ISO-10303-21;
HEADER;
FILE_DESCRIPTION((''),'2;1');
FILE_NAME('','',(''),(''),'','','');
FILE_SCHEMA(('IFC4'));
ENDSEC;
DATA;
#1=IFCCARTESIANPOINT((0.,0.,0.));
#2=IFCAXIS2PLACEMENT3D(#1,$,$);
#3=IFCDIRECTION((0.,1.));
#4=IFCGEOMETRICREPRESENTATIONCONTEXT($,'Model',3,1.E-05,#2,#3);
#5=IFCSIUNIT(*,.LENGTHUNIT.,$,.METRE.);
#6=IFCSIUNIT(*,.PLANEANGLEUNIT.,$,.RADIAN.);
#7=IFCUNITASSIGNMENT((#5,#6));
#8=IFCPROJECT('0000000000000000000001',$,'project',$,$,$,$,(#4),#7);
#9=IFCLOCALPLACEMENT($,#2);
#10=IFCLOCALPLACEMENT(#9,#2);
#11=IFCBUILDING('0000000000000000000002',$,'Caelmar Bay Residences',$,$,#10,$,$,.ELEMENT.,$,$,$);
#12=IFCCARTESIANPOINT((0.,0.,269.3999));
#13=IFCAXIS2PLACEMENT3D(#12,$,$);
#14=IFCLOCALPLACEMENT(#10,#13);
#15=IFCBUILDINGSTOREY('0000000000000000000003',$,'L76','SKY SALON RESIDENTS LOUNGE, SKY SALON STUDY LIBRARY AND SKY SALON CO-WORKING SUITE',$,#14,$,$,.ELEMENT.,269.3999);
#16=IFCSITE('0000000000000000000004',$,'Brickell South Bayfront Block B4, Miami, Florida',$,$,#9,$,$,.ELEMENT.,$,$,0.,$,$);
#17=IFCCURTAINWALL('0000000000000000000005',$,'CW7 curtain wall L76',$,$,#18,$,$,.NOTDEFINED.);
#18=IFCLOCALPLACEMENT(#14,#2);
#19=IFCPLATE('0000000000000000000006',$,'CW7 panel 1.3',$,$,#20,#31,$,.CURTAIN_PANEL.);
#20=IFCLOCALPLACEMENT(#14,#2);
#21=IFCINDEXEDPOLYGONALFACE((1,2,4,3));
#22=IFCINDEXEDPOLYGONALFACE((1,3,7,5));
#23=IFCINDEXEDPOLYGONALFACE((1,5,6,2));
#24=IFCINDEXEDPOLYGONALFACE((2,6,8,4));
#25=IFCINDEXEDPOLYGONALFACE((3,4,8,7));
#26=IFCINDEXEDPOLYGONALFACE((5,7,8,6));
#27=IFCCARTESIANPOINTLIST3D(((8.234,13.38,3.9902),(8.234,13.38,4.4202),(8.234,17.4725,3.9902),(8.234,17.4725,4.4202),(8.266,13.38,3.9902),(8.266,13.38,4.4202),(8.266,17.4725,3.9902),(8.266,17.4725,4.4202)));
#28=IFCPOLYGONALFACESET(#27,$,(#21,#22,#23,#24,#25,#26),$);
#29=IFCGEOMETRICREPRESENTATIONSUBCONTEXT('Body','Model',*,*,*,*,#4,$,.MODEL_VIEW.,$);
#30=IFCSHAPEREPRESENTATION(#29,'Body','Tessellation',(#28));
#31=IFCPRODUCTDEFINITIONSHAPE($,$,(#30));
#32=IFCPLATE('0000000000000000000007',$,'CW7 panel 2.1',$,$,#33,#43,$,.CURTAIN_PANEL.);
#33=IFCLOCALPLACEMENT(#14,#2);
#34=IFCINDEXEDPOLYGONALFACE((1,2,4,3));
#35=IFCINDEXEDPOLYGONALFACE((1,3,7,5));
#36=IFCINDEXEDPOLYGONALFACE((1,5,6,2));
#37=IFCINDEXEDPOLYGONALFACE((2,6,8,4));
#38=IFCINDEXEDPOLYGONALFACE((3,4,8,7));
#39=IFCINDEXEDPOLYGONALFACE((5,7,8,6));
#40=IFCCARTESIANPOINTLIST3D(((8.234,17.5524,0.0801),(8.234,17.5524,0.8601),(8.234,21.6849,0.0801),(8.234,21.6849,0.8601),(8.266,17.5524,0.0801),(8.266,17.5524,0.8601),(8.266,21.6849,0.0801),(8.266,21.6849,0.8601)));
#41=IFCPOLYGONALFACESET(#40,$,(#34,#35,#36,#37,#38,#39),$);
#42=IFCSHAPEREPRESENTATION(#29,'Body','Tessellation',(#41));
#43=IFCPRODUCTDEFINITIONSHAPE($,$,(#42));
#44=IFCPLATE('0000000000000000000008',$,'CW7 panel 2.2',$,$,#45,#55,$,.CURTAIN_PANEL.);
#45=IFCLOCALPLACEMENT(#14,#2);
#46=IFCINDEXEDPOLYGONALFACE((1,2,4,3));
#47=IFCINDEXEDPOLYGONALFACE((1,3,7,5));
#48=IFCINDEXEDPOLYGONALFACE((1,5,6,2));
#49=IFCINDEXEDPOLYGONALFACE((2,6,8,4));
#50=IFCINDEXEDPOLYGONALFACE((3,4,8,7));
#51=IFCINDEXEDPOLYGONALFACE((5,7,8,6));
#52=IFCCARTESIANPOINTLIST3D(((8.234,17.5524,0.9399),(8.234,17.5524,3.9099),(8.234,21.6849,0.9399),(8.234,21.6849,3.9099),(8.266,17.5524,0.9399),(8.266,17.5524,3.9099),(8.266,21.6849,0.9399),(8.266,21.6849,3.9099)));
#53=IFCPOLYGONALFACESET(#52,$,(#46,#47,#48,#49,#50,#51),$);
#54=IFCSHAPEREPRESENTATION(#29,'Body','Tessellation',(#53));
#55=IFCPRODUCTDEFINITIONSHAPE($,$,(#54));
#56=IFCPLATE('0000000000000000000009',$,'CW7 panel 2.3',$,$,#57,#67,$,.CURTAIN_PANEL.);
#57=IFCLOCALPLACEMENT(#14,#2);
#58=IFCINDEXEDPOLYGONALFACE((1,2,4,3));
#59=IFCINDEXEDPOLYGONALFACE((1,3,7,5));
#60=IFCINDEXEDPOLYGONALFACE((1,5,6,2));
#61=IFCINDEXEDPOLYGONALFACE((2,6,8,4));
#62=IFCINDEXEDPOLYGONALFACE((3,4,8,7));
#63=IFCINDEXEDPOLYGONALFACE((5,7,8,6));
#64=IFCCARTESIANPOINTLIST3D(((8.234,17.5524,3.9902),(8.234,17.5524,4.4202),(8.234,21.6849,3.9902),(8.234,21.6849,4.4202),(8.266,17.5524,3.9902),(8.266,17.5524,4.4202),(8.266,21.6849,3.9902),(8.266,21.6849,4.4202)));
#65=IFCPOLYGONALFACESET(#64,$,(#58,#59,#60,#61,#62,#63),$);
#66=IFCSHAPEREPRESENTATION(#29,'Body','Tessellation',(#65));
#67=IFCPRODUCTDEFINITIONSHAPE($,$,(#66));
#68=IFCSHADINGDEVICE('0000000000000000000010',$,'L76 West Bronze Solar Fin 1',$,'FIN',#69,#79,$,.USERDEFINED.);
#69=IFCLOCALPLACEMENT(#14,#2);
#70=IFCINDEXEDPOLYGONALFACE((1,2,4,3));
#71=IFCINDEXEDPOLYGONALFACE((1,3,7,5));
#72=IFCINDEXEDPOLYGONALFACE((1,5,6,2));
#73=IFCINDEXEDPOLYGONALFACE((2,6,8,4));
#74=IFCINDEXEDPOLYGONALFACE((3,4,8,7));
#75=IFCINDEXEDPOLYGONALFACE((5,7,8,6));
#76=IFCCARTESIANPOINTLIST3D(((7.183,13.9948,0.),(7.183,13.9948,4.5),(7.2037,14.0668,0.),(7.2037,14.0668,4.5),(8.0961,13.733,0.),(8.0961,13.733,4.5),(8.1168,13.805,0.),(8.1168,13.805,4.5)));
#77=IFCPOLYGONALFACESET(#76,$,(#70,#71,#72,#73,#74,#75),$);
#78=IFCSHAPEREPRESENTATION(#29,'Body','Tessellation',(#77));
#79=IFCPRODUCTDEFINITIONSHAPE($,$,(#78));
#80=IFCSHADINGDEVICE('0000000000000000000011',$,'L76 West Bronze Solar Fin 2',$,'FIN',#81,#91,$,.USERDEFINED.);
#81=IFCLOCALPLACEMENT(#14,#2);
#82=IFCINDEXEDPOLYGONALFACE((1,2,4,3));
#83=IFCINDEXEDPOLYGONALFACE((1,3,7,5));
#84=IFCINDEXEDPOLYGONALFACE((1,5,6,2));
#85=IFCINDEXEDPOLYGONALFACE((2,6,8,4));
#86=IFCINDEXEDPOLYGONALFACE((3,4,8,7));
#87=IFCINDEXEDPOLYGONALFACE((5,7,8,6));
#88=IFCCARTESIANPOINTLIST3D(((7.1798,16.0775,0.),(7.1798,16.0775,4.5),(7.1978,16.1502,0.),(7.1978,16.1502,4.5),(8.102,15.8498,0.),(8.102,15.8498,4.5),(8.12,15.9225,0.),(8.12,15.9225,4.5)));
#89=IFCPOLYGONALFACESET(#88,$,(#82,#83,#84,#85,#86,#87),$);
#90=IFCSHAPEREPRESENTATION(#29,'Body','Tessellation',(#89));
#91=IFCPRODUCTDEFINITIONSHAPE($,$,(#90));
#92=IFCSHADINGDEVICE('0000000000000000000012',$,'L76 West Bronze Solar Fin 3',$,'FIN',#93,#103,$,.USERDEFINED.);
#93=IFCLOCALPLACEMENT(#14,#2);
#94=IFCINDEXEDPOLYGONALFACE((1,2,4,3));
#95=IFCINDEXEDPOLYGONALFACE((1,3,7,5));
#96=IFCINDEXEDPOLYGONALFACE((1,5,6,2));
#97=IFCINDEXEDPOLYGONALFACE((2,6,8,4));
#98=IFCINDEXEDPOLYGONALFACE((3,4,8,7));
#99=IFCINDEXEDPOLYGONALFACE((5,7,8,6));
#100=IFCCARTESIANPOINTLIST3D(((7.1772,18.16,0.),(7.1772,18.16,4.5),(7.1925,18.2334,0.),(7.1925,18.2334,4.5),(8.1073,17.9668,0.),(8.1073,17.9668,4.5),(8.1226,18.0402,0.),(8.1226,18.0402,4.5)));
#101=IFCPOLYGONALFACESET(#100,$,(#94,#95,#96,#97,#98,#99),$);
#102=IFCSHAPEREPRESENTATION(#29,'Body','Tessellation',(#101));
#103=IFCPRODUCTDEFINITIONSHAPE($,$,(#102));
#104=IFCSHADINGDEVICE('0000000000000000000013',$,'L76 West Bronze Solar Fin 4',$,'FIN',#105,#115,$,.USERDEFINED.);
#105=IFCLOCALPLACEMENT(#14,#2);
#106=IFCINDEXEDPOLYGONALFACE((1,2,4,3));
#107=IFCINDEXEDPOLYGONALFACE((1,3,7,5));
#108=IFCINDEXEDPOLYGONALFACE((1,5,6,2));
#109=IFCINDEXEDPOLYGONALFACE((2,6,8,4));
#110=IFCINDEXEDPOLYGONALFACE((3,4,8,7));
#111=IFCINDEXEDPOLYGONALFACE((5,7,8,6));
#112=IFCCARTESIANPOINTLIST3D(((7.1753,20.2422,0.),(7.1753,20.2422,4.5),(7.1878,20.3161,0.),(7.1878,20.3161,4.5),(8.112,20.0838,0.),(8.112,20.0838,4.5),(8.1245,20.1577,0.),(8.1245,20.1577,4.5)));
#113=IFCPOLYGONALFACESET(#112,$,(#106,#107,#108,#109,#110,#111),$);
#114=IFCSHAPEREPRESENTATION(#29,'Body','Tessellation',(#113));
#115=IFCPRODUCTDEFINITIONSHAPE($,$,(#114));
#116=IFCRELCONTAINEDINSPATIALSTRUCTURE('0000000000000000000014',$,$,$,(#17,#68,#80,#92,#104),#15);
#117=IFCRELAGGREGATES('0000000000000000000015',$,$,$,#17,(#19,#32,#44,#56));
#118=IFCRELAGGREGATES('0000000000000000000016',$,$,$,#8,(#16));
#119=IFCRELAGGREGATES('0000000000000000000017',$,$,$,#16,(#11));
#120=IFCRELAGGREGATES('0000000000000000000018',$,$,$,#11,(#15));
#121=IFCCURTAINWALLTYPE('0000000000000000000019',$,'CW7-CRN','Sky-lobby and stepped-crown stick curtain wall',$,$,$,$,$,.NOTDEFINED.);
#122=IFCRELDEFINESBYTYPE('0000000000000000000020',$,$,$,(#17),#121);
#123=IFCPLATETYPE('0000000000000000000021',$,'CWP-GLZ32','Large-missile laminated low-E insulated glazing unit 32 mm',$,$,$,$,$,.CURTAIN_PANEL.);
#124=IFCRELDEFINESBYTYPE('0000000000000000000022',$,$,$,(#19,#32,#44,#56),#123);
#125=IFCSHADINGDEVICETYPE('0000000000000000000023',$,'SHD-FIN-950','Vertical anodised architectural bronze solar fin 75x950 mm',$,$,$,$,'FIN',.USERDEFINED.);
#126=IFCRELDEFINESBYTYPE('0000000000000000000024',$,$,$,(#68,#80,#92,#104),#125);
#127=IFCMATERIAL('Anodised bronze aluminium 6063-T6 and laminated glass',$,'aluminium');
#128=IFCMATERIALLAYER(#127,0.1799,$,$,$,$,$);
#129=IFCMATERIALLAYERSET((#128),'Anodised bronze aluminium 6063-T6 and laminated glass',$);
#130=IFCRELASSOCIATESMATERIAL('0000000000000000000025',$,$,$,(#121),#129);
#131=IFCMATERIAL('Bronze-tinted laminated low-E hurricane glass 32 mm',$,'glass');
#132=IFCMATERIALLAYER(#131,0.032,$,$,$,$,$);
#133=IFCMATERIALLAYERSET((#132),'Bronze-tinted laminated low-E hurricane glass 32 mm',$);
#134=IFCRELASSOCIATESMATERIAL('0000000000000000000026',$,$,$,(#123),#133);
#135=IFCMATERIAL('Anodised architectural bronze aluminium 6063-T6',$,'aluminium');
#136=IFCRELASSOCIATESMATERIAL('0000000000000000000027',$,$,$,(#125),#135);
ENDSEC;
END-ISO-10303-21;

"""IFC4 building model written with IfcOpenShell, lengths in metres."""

from ifc_helpers import new_model, si_unit, direction, frame, origin, origin_2d, place, context, subcontext, project, spatial, rectangle, extrude, material, layer, layer_set, material_profile, profile_set, type_object, element, aggregate, save


model = new_model("IFC4")

# Units and contexts
model_context = context("Model", 3, precision=1e-05, world=origin(), true_north=direction((0.0, 1.0)))
body_context = subcontext(model_context, "Body", "Model", "MODEL_VIEW")
ifc_project = project(units=[si_unit("LENGTHUNIT", "METRE"), si_unit("PLANEANGLEUNIT", "RADIAN")], contexts=[model_context])

# Site, building, storey
site_placement = place(None, origin())
site = spatial("IfcSite", under=ifc_project, at=site_placement, Name="Brickell South Bayfront Block B4, Miami, Florida", CompositionType="ELEMENT", RefElevation=0.0)
building_placement = place(site_placement, origin())
building = spatial("IfcBuilding", under=site, at=building_placement, Name="Caelmar Bay Residences", CompositionType="ELEMENT")
storey_placement = place(building_placement, frame((0.0, 0.0, 269.3999)))
storey = spatial("IfcBuildingStorey", under=building, at=storey_placement, Name="L76", Description="SKY SALON RESIDENTS LOUNGE, SKY SALON STUDY LIBRARY AND SKY SALON CO-WORKING SUITE", CompositionType="ELEMENT", Elevation=269.3999)

# Curtain wall
ifc_material_1 = material(Name="Anodised bronze aluminium 6063-T6 and laminated glass", Category="aluminium")
ifc_layer_1 = layer(ifc_material_1, 0.1799)
ifc_layer_set_1 = layer_set([ifc_layer_1], Name="Anodised bronze aluminium 6063-T6 and laminated glass")
curtain_wall_type_1 = type_object("IfcCurtainWallType", Name="CW7-CRN", Description="Sky-lobby and stepped-crown stick curtain wall", PredefinedType="NOTDEFINED", material=ifc_layer_set_1)
curtain_wall_1_placement = place(storey_placement, origin())
curtain_wall_1 = element("IfcCurtainWall", 1, at=curtain_wall_1_placement, inside=storey, type_object=curtain_wall_type_1, Name="CW7 curtain wall L76", PredefinedType="NOTDEFINED")

# Plates
ifc_material_2 = material(Name="Bronze-tinted laminated low-E hurricane glass 32 mm", Category="glass")
ifc_layer_2 = layer(ifc_material_2, 0.032)
ifc_layer_set_2 = layer_set([ifc_layer_2], Name="Bronze-tinted laminated low-E hurricane glass 32 mm")
plate_type_1 = type_object("IfcPlateType", Name="CWP-GLZ32", Description="Large-missile laminated low-E insulated glazing unit 32 mm", PredefinedType="CURTAIN_PANEL", material=ifc_layer_set_2)
plate_1_placement = place(storey_placement, frame((8.25, 15.4263, 3.9902), z_axis=(0.0, 0.0, 1.0), x_axis=(0.0, 1.0, 0.0)))
plate_1 = element("IfcPlate", 2, at=plate_1_placement, type_object=plate_type_1, Name="CW7 panel 1.3", PredefinedType="CURTAIN_PANEL", context=body_context, shape_type="SweptSolid", body=[
    extrude(rectangle(XDim=4.0925, YDim=0.032, at=origin_2d()), origin(), (0.0, 0.0, 1.0), 0.4299),
])
plate_2_placement = place(storey_placement, frame((8.25, 19.6187, 0.0801), z_axis=(0.0, 0.0, 1.0), x_axis=(0.0, 1.0, 0.0)))
plate_2 = element("IfcPlate", 3, at=plate_2_placement, type_object=plate_type_1, Name="CW7 panel 2.1", PredefinedType="CURTAIN_PANEL", context=body_context, shape_type="SweptSolid", body=[
    extrude(rectangle(XDim=4.1326, YDim=0.032, at=origin_2d()), origin(), (0.0, 0.0, 1.0), 0.78),
])
plate_3_placement = place(storey_placement, frame((8.25, 19.6187, 0.9399), z_axis=(0.0, 0.0, 1.0), x_axis=(0.0, 1.0, 0.0)))
plate_3 = element("IfcPlate", 4, at=plate_3_placement, type_object=plate_type_1, Name="CW7 panel 2.2", PredefinedType="CURTAIN_PANEL", context=body_context, shape_type="SweptSolid", body=[
    extrude(rectangle(XDim=4.1326, YDim=0.032, at=origin_2d()), origin(), (0.0, 0.0, 1.0), 2.97),
])
plate_4_placement = place(storey_placement, frame((8.25, 19.6187, 3.9902), z_axis=(0.0, 0.0, 1.0), x_axis=(0.0, 1.0, 0.0)))
plate_4 = element("IfcPlate", 5, at=plate_4_placement, type_object=plate_type_1, Name="CW7 panel 2.3", PredefinedType="CURTAIN_PANEL", context=body_context, shape_type="SweptSolid", body=[
    extrude(rectangle(XDim=4.1326, YDim=0.032, at=origin_2d()), origin(), (0.0, 0.0, 1.0), 0.4299),
])
aggregate(curtain_wall_1, [plate_1, plate_2, plate_3, plate_4])

# Shading devices
ifc_material_3 = material(Name="Anodised architectural bronze aluminium 6063-T6", Category="aluminium")
ifc_material_profile_1 = material_profile(ifc_material_3, rectangle(XDim=0.075, YDim=0.95, at=origin_2d()), Name="BRONZE-FIN-75X950")
ifc_profile_set_1 = profile_set([ifc_material_profile_1], Name="Anodised architectural bronze aluminium 6063-T6")
shading_device_type = type_object("IfcShadingDeviceType", Name="SHD-FIN-950", Description="Vertical anodised architectural bronze solar fin 75x950 mm", ElementType="FIN", PredefinedType="USERDEFINED", material=ifc_profile_set_1)
for number, where, z_axis, x_axis, name in (
    (6, (7.6499, 13.8999, 0.0), (0.0, 0.0, 1.0), (0.275637, 0.961262, 0.0), "L76 West Bronze Solar Fin 1"),
    (7, (7.6499, 16.0, 0.0), (0.0, 0.0, 1.0), (0.23972, 0.970842, 0.0), "L76 West Bronze Solar Fin 2"),
    (8, (7.6499, 18.1001, 0.0), (0.0, 0.0, 1.0), (0.2033, 0.979116, 0.0), "L76 West Bronze Solar Fin 3"),
    (9, (7.6499, 20.2, 0.0), (0.0, 0.0, 1.0), (0.166769, 0.985996, 0.0), "L76 West Bronze Solar Fin 4"),
):
    element("IfcShadingDevice", number, at=place(storey_placement, frame(where, z_axis=z_axis, x_axis=x_axis)), inside=storey, type_object=shading_device_type, Name=name, ObjectType="FIN", PredefinedType="USERDEFINED", context=body_context, shape_type="SweptSolid", body=[
        extrude(rectangle(XDim=0.075, YDim=0.95, at=origin_2d()), origin(), (0.0, 0.0, 1.0), 4.5),
    ])

save(model, "model.ifc")
